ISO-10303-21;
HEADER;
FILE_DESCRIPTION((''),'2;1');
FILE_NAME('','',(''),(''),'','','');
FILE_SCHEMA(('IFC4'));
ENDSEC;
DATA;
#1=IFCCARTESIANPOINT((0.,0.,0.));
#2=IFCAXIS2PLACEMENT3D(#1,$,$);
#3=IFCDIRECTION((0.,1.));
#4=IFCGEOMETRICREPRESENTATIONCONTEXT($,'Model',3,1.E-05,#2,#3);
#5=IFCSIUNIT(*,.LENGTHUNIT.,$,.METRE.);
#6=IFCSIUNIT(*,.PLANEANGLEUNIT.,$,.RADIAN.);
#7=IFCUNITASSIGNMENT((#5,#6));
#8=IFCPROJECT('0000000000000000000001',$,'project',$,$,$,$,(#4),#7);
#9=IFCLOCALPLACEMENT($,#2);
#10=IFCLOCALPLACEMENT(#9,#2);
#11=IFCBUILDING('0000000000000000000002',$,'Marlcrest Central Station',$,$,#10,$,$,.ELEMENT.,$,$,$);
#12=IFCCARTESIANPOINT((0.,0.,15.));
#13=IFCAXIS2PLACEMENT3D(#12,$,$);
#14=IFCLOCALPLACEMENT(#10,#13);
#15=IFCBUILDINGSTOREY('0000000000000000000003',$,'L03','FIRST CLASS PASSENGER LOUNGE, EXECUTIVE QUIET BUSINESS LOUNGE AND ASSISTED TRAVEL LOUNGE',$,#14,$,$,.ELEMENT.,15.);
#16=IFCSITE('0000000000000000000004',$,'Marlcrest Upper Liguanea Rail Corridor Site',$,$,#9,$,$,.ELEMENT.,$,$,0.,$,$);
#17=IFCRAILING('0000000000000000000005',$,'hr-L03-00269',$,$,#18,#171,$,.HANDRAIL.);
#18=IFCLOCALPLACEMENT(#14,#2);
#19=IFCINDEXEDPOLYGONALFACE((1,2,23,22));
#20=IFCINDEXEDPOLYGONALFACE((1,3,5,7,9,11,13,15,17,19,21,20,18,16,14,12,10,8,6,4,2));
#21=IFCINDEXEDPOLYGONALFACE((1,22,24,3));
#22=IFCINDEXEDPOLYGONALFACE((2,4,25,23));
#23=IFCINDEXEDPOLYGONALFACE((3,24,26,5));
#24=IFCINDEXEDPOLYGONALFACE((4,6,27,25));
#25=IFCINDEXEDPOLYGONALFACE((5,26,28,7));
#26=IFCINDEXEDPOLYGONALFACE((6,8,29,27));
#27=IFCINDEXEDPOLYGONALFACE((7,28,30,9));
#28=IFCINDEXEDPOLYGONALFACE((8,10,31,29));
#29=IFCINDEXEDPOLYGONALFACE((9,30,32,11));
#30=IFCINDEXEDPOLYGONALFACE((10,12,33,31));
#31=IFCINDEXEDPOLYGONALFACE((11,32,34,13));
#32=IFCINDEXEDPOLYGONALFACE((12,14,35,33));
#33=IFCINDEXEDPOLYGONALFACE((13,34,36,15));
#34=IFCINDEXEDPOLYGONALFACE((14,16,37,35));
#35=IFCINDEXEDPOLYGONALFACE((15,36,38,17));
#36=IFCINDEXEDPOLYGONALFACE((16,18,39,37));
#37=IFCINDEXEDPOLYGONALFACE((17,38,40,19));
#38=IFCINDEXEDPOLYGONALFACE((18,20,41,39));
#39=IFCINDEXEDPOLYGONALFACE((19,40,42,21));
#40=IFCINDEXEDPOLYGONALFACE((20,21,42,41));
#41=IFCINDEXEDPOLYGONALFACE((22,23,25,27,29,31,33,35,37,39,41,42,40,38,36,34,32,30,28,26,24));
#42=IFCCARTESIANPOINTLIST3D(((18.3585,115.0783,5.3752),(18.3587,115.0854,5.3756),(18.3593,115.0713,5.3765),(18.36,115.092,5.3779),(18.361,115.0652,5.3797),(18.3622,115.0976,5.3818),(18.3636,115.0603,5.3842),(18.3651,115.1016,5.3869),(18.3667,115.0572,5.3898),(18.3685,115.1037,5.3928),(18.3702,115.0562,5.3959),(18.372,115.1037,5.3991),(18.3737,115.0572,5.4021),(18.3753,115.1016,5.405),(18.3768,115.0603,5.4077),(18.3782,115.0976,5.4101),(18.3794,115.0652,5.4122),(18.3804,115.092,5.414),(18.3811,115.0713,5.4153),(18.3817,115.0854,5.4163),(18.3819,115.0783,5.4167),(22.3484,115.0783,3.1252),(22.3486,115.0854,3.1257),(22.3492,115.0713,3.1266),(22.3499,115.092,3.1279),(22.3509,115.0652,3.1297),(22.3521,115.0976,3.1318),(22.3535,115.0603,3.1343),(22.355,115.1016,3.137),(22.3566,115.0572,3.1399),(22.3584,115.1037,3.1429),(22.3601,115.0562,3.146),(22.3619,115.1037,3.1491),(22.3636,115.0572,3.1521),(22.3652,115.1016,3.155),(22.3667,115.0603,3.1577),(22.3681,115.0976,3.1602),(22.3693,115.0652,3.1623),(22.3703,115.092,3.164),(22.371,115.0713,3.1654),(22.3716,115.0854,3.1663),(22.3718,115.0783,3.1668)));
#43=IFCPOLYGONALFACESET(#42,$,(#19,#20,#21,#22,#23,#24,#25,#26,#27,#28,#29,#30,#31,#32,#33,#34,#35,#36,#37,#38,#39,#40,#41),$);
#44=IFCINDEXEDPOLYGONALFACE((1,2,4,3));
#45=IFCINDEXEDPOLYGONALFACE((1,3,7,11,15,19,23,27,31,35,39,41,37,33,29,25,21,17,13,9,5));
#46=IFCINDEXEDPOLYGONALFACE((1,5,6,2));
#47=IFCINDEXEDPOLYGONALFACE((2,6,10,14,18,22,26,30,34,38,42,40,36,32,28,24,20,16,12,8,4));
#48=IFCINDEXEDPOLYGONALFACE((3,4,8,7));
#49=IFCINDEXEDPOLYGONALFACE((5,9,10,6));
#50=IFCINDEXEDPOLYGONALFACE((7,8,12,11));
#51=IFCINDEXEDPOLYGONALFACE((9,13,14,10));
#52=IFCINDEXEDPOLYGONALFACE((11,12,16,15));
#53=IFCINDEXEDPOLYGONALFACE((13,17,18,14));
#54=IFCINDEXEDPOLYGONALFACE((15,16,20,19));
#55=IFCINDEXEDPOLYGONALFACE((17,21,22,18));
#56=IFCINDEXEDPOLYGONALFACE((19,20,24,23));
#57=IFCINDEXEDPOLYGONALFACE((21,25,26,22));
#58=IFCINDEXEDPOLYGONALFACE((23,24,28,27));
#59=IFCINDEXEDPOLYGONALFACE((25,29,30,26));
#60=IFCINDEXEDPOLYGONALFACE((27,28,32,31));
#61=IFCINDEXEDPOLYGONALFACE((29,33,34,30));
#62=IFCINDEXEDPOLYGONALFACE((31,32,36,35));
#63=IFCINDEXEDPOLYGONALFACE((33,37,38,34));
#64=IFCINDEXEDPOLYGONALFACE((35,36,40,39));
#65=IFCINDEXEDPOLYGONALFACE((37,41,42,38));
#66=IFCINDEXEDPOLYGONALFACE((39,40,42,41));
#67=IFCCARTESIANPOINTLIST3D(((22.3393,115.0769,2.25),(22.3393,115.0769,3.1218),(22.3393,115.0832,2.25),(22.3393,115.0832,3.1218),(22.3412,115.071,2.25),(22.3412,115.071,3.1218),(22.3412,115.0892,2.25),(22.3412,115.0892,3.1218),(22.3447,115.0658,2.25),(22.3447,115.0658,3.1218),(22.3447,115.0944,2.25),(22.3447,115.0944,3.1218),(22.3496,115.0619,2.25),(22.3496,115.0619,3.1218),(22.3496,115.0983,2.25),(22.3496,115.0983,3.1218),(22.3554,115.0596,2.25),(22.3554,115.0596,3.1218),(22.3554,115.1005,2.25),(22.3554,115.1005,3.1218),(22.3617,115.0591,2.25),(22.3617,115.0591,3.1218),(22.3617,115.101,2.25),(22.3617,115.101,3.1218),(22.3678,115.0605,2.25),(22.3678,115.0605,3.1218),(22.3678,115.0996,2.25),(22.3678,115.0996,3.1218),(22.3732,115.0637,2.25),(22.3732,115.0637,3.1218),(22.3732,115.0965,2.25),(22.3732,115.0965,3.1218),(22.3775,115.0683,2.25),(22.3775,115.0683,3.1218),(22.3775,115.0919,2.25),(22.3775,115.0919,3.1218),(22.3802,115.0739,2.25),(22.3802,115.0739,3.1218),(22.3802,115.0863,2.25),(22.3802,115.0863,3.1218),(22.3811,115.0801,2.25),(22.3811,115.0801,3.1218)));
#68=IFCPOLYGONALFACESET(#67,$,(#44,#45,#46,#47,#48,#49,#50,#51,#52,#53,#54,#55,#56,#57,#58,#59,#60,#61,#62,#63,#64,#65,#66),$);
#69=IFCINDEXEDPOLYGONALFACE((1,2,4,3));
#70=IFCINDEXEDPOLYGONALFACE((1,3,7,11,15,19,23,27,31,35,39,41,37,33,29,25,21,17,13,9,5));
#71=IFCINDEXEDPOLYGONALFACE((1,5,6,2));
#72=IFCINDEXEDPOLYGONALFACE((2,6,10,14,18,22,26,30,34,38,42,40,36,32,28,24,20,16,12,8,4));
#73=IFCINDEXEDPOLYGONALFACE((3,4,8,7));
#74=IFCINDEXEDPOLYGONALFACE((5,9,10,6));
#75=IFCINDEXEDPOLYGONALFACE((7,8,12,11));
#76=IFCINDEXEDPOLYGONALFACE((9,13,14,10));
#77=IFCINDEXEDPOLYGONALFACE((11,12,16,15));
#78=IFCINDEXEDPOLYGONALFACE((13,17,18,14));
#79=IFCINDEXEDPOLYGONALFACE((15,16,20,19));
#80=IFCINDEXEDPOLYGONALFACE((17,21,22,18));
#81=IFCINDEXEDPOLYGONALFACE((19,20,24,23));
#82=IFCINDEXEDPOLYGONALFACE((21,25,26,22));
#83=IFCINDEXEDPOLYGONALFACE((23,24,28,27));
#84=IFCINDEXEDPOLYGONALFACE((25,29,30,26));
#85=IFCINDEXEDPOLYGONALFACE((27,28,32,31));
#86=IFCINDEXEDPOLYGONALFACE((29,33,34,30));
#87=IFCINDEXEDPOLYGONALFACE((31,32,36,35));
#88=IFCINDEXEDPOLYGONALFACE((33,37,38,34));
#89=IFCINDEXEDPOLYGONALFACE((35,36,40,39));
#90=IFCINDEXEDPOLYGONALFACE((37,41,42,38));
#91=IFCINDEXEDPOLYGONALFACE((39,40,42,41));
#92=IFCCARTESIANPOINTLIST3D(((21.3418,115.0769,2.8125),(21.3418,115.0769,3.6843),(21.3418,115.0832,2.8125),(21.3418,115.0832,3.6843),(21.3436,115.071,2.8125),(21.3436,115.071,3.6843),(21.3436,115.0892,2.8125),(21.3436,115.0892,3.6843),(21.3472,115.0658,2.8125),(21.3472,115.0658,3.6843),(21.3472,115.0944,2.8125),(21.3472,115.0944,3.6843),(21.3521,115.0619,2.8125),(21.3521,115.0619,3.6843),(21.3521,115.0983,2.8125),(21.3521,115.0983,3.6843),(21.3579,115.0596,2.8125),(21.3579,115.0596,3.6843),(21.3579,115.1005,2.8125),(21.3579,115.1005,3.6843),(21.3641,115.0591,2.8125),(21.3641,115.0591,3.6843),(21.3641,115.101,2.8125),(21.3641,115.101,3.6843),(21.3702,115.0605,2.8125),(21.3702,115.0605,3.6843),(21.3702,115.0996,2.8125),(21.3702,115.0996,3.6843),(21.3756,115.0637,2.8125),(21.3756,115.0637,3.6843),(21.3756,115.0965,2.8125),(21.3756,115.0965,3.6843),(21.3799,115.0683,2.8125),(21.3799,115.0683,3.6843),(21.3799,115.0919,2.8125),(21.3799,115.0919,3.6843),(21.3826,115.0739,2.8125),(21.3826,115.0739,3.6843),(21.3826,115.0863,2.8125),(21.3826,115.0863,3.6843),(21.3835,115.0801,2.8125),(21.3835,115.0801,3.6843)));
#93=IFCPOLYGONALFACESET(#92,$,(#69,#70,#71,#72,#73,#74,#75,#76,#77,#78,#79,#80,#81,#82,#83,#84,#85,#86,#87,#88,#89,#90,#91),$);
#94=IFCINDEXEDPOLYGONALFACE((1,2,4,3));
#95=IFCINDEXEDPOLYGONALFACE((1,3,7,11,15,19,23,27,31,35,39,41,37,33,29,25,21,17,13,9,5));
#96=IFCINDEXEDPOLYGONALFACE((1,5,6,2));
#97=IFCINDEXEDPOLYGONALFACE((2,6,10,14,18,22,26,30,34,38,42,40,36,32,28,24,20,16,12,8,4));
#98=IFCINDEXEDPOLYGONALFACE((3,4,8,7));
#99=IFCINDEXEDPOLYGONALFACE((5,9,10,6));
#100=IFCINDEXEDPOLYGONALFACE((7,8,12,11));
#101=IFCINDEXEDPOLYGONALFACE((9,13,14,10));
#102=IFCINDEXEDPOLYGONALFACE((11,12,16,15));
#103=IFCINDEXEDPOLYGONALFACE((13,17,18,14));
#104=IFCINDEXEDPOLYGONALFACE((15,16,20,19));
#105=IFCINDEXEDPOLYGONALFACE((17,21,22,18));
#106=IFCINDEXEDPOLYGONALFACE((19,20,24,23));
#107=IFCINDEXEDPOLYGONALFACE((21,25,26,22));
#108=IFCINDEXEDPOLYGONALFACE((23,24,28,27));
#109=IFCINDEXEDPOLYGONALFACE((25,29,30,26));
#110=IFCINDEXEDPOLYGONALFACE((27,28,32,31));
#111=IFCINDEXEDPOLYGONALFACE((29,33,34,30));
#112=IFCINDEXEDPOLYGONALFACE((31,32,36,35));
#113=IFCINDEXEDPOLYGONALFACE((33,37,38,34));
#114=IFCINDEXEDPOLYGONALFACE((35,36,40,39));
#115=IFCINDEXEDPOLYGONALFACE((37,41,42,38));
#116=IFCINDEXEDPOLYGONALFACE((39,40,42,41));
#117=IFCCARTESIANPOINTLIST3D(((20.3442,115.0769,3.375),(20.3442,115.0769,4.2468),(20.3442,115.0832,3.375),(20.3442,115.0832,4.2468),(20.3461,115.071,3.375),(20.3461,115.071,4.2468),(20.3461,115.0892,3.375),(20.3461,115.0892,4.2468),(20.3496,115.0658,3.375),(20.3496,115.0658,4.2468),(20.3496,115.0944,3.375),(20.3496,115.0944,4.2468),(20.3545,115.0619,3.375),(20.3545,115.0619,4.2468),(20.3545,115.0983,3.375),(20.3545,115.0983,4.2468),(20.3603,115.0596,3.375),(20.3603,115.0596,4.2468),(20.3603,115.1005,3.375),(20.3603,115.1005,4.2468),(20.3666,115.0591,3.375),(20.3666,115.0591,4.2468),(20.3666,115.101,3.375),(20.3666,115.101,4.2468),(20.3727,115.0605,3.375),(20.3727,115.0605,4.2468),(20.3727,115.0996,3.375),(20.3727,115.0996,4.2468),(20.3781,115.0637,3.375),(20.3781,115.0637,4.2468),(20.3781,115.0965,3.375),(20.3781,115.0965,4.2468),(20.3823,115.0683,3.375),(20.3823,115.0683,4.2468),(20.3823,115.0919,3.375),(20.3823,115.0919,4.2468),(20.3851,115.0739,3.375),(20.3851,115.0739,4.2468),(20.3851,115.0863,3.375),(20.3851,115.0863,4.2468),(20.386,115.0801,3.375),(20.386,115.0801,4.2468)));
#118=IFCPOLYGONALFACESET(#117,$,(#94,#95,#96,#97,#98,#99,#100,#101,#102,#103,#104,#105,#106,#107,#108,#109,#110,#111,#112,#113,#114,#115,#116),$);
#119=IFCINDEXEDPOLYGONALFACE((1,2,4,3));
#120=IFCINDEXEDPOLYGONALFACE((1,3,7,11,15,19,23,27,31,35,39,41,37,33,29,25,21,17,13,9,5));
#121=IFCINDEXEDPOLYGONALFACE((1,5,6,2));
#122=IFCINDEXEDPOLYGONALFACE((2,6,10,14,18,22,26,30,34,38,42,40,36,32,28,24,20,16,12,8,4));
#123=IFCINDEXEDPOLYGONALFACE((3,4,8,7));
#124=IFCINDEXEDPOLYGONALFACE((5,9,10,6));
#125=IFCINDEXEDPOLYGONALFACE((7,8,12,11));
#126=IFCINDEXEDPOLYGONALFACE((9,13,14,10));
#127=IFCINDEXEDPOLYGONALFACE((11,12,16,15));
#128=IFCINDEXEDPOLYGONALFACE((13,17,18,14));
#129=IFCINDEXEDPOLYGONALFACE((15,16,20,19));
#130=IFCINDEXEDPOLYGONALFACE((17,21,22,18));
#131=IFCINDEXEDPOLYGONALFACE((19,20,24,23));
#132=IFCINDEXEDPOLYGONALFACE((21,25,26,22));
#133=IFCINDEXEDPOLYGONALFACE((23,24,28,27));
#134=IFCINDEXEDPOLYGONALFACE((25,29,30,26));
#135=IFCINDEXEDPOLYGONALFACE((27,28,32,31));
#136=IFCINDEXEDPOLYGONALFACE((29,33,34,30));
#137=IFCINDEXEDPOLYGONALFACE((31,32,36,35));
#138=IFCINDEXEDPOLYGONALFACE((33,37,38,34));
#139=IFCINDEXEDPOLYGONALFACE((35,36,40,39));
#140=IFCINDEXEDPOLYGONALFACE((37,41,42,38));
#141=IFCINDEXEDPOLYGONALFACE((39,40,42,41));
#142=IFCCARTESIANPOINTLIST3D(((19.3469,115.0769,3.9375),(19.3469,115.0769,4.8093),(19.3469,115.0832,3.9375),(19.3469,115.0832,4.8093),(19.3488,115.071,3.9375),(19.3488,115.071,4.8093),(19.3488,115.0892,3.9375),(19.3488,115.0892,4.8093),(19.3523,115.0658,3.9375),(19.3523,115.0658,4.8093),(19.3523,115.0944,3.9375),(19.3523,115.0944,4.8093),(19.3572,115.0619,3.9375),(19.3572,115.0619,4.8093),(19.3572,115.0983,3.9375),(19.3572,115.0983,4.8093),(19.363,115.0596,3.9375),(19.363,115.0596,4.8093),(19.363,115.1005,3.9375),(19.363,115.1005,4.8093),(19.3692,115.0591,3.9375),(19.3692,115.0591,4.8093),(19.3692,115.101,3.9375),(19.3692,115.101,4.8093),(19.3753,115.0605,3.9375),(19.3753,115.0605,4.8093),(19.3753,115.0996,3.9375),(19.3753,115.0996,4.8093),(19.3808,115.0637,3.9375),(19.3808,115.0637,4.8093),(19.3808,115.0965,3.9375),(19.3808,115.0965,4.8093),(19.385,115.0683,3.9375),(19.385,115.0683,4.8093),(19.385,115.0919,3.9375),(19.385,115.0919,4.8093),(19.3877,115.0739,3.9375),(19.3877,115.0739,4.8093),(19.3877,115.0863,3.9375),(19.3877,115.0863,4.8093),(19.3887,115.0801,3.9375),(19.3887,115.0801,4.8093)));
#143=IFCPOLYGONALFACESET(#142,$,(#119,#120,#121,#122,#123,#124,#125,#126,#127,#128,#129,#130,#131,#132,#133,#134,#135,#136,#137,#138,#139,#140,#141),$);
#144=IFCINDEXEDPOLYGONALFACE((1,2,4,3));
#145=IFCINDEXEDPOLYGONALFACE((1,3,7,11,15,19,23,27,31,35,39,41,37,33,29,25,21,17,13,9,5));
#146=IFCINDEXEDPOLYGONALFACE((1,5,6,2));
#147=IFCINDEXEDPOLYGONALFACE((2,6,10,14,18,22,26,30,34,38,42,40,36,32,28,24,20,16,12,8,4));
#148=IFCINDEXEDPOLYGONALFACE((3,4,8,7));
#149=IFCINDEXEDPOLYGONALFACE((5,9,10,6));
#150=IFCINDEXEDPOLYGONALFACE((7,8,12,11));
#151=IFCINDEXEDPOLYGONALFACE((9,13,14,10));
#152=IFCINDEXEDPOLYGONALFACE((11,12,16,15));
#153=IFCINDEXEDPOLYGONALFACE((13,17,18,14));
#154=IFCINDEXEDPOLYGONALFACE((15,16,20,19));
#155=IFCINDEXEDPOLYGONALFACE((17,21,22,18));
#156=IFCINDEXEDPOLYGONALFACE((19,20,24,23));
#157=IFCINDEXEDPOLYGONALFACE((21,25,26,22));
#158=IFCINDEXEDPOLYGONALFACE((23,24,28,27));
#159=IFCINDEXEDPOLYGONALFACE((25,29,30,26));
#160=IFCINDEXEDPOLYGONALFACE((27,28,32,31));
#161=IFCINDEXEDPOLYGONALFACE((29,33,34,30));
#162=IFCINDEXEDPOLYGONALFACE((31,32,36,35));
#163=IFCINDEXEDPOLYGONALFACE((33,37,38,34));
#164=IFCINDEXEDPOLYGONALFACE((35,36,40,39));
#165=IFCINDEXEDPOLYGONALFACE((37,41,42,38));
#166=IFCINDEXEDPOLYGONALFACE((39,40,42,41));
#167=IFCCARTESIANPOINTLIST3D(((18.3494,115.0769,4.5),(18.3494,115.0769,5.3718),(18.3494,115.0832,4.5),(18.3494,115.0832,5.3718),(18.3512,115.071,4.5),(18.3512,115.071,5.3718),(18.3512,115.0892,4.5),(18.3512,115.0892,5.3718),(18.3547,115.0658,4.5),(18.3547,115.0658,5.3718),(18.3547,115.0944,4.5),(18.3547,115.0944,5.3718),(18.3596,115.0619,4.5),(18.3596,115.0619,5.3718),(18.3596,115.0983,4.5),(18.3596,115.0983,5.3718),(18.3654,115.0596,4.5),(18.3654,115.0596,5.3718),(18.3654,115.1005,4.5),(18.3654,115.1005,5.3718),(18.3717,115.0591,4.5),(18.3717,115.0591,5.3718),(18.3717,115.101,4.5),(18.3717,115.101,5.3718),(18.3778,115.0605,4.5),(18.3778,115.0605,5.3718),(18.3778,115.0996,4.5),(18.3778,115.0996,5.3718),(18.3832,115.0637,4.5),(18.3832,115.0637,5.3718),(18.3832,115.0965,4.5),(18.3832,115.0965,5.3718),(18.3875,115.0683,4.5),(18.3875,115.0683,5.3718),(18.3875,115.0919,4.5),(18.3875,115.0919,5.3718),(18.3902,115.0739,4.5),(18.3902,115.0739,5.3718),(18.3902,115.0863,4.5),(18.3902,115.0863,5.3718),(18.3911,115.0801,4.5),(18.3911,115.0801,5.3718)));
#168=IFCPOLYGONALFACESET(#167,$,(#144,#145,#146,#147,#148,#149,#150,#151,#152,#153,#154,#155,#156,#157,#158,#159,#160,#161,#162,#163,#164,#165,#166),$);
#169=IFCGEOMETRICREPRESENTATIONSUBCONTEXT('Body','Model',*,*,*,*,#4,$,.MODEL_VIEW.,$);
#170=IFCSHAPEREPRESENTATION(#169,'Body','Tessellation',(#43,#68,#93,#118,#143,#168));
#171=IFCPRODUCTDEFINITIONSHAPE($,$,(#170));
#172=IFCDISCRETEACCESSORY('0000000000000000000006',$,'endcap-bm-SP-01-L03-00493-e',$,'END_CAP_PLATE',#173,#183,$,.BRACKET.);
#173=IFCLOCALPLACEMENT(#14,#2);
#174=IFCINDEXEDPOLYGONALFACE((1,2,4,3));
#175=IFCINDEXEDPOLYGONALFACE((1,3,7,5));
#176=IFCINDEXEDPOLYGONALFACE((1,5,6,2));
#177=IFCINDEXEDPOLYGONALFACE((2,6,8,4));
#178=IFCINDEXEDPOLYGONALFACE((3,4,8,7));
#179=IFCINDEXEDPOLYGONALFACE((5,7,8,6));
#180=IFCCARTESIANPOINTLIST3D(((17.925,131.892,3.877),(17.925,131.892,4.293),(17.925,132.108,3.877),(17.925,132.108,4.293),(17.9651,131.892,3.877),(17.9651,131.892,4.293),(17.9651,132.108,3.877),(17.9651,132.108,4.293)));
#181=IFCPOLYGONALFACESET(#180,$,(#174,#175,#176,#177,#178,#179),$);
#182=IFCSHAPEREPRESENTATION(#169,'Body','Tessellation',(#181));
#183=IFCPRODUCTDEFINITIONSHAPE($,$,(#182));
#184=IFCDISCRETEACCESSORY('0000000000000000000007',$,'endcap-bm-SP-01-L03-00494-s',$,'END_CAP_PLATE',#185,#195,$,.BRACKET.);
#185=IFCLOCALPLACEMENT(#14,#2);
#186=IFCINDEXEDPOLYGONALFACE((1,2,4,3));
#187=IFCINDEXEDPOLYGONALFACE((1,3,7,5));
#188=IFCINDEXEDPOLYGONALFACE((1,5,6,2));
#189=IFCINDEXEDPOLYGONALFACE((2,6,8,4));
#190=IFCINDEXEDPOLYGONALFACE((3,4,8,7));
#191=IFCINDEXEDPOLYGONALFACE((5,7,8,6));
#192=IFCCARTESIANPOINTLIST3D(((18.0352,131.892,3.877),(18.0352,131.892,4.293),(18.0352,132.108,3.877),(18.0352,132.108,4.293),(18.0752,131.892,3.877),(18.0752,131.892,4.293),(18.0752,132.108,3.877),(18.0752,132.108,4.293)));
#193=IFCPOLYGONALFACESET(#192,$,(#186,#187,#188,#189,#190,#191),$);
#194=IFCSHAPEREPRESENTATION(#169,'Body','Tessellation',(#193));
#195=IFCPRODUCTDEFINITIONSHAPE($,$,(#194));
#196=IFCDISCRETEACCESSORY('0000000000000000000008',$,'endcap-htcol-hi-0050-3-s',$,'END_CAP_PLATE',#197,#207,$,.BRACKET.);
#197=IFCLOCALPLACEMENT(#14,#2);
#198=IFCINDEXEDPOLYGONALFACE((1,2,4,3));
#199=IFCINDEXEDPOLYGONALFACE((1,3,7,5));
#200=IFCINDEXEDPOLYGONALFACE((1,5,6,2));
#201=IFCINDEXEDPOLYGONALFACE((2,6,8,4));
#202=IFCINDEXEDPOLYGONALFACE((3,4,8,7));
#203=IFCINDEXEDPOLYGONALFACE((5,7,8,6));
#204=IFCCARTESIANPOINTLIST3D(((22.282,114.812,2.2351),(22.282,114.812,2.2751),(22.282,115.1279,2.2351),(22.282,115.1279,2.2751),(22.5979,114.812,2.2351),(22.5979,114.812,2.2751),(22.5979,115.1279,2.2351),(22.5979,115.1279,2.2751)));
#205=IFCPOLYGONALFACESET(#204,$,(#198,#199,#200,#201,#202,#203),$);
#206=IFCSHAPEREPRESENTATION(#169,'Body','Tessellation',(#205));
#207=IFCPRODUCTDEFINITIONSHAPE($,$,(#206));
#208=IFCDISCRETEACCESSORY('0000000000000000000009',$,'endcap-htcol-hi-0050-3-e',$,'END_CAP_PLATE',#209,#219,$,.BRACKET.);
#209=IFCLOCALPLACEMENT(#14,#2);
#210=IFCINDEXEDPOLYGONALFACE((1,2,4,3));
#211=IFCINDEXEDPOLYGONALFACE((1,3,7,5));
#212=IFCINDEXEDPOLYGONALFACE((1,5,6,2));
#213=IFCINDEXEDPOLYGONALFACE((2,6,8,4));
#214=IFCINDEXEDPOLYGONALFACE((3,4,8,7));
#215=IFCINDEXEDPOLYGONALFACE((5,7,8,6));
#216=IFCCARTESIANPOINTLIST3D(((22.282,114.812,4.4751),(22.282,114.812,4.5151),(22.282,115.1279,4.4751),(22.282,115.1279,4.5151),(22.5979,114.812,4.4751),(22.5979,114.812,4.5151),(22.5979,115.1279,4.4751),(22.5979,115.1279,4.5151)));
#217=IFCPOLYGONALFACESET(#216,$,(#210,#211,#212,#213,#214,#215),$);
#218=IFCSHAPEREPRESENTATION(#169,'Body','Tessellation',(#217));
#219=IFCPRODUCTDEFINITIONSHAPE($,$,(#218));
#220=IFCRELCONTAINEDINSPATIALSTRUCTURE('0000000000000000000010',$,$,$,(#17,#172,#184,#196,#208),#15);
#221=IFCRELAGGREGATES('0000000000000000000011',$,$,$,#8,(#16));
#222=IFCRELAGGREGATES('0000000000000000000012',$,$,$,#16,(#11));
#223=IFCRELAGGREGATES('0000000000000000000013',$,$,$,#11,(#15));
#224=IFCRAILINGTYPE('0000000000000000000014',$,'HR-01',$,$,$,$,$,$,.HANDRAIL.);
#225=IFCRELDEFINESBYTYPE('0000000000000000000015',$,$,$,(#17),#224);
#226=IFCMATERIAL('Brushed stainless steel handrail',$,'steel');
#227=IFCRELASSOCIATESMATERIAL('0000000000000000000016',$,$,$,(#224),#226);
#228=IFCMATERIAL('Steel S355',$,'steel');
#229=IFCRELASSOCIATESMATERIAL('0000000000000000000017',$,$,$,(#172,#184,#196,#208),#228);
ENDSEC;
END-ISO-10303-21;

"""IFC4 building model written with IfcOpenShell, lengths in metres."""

from ifc_helpers import new_model, si_unit, direction, frame, origin, origin_2d, place, context, subcontext, project, spatial, rectangle, circle, extrude, material, type_object, element, save


model = new_model("IFC4")

# Units and contexts
model_context = context("Model", 3, precision=1e-05, world=origin(), true_north=direction((0.0, 1.0)))
body_context = subcontext(model_context, "Body", "Model", "MODEL_VIEW")
ifc_project = project(units=[si_unit("LENGTHUNIT", "METRE"), si_unit("PLANEANGLEUNIT", "RADIAN")], contexts=[model_context])

# Site, building, storey
site_placement = place(None, origin())
site = spatial("IfcSite", under=ifc_project, at=site_placement, Name="Marlcrest Upper Liguanea Rail Corridor Site", CompositionType="ELEMENT", RefElevation=0.0)
building_placement = place(site_placement, origin())
building = spatial("IfcBuilding", under=site, at=building_placement, Name="Marlcrest Central Station", CompositionType="ELEMENT")
storey_placement = place(building_placement, frame((0.0, 0.0, 15.0)))
storey = spatial("IfcBuildingStorey", under=building, at=storey_placement, Name="L03", Description="FIRST CLASS PASSENGER LOUNGE, EXECUTIVE QUIET BUSINESS LOUNGE AND ASSISTED TRAVEL LOUNGE", CompositionType="ELEMENT", Elevation=15.0)

# Shared definitions
ifc_material_1 = material(Name="Steel S355", Category="steel")

# Railing
ifc_material_2 = material(Name="Brushed stainless steel handrail", Category="steel")
railing_type_1 = type_object("IfcRailingType", Name="HR-01", PredefinedType="HANDRAIL", material=ifc_material_2)
railing_1_placement = place(storey_placement, frame((22.3601, 115.0801, 2.25)))
element("IfcRailing", 1, at=railing_1_placement, inside=storey, type_object=railing_type_1, Name="hr-L03-00269", PredefinedType="HANDRAIL", context=body_context, shape_type="SweptSolid", body=[
    extrude(circle(Radius=0.0239, at=origin_2d()), frame((0.0, 0.0, 0.896), z_axis=(-0.87105, 0.0, 0.491195), x_axis=(0.0, -1.0, 0.0)), (0.0, 0.0, 1.0), 4.5806),
    extrude(circle(Radius=0.021, at=origin_2d()), origin(), (0.0, 0.0, 1.0), 0.8718),
    extrude(circle(Radius=0.021, at=origin_2d()), frame((-0.9976, 0.0, 0.5625)), (0.0, 0.0, 1.0), 0.8718),
    extrude(circle(Radius=0.021, at=origin_2d()), frame((-1.9951, 0.0, 1.125)), (0.0, 0.0, 1.0), 0.8718),
    extrude(circle(Radius=0.021, at=origin_2d()), frame((-2.9924, 0.0, 1.6875)), (0.0, 0.0, 1.0), 0.8718),
    extrude(circle(Radius=0.021, at=origin_2d()), frame((-3.99, 0.0, 2.25)), (0.0, 0.0, 1.0), 0.8718),
])

# Discrete accessories
for number, where, z_axis, x_axis, name in (
    (2, (17.925, 132.0, 4.085), (1.0, 0.0, 0.0), (0.0, 1.0, 0.0), "endcap-bm-SP-01-L03-00493-e"),
    (3, (18.0352, 132.0, 4.085), (1.0, 0.0, 0.0), (0.0, 1.0, 0.0), "endcap-bm-SP-01-L03-00494-s"),
):
    element("IfcDiscreteAccessory", number, at=place(storey_placement, frame(where, z_axis=z_axis, x_axis=x_axis)), inside=storey, material=ifc_material_1, Name=name, ObjectType="END_CAP_PLATE", PredefinedType="BRACKET", context=body_context, shape_type="SweptSolid", body=[
        extrude(rectangle(XDim=0.2161, YDim=0.416, at=origin_2d()), origin(), (0.0, 0.0, 1.0), 0.04),
    ])
for number, where, z_axis, x_axis, name in (
    (4, (22.4399, 114.97, 2.2351), (0.0, 0.0, 1.0), (1.0, 0.0, 0.0), "endcap-htcol-hi-0050-3-s"),
    (5, (22.4399, 114.97, 4.4751), (0.0, 0.0, 1.0), (1.0, 0.0, 0.0), "endcap-htcol-hi-0050-3-e"),
):
    element("IfcDiscreteAccessory", number, at=place(storey_placement, frame(where, z_axis=z_axis, x_axis=x_axis)), inside=storey, material=ifc_material_1, Name=name, ObjectType="END_CAP_PLATE", PredefinedType="BRACKET", context=body_context, shape_type="SweptSolid", body=[
        extrude(rectangle(XDim=0.3159, YDim=0.3159, at=origin_2d()), origin(), (0.0, 0.0, 1.0), 0.04),
    ])

save(model, "model.ifc")
